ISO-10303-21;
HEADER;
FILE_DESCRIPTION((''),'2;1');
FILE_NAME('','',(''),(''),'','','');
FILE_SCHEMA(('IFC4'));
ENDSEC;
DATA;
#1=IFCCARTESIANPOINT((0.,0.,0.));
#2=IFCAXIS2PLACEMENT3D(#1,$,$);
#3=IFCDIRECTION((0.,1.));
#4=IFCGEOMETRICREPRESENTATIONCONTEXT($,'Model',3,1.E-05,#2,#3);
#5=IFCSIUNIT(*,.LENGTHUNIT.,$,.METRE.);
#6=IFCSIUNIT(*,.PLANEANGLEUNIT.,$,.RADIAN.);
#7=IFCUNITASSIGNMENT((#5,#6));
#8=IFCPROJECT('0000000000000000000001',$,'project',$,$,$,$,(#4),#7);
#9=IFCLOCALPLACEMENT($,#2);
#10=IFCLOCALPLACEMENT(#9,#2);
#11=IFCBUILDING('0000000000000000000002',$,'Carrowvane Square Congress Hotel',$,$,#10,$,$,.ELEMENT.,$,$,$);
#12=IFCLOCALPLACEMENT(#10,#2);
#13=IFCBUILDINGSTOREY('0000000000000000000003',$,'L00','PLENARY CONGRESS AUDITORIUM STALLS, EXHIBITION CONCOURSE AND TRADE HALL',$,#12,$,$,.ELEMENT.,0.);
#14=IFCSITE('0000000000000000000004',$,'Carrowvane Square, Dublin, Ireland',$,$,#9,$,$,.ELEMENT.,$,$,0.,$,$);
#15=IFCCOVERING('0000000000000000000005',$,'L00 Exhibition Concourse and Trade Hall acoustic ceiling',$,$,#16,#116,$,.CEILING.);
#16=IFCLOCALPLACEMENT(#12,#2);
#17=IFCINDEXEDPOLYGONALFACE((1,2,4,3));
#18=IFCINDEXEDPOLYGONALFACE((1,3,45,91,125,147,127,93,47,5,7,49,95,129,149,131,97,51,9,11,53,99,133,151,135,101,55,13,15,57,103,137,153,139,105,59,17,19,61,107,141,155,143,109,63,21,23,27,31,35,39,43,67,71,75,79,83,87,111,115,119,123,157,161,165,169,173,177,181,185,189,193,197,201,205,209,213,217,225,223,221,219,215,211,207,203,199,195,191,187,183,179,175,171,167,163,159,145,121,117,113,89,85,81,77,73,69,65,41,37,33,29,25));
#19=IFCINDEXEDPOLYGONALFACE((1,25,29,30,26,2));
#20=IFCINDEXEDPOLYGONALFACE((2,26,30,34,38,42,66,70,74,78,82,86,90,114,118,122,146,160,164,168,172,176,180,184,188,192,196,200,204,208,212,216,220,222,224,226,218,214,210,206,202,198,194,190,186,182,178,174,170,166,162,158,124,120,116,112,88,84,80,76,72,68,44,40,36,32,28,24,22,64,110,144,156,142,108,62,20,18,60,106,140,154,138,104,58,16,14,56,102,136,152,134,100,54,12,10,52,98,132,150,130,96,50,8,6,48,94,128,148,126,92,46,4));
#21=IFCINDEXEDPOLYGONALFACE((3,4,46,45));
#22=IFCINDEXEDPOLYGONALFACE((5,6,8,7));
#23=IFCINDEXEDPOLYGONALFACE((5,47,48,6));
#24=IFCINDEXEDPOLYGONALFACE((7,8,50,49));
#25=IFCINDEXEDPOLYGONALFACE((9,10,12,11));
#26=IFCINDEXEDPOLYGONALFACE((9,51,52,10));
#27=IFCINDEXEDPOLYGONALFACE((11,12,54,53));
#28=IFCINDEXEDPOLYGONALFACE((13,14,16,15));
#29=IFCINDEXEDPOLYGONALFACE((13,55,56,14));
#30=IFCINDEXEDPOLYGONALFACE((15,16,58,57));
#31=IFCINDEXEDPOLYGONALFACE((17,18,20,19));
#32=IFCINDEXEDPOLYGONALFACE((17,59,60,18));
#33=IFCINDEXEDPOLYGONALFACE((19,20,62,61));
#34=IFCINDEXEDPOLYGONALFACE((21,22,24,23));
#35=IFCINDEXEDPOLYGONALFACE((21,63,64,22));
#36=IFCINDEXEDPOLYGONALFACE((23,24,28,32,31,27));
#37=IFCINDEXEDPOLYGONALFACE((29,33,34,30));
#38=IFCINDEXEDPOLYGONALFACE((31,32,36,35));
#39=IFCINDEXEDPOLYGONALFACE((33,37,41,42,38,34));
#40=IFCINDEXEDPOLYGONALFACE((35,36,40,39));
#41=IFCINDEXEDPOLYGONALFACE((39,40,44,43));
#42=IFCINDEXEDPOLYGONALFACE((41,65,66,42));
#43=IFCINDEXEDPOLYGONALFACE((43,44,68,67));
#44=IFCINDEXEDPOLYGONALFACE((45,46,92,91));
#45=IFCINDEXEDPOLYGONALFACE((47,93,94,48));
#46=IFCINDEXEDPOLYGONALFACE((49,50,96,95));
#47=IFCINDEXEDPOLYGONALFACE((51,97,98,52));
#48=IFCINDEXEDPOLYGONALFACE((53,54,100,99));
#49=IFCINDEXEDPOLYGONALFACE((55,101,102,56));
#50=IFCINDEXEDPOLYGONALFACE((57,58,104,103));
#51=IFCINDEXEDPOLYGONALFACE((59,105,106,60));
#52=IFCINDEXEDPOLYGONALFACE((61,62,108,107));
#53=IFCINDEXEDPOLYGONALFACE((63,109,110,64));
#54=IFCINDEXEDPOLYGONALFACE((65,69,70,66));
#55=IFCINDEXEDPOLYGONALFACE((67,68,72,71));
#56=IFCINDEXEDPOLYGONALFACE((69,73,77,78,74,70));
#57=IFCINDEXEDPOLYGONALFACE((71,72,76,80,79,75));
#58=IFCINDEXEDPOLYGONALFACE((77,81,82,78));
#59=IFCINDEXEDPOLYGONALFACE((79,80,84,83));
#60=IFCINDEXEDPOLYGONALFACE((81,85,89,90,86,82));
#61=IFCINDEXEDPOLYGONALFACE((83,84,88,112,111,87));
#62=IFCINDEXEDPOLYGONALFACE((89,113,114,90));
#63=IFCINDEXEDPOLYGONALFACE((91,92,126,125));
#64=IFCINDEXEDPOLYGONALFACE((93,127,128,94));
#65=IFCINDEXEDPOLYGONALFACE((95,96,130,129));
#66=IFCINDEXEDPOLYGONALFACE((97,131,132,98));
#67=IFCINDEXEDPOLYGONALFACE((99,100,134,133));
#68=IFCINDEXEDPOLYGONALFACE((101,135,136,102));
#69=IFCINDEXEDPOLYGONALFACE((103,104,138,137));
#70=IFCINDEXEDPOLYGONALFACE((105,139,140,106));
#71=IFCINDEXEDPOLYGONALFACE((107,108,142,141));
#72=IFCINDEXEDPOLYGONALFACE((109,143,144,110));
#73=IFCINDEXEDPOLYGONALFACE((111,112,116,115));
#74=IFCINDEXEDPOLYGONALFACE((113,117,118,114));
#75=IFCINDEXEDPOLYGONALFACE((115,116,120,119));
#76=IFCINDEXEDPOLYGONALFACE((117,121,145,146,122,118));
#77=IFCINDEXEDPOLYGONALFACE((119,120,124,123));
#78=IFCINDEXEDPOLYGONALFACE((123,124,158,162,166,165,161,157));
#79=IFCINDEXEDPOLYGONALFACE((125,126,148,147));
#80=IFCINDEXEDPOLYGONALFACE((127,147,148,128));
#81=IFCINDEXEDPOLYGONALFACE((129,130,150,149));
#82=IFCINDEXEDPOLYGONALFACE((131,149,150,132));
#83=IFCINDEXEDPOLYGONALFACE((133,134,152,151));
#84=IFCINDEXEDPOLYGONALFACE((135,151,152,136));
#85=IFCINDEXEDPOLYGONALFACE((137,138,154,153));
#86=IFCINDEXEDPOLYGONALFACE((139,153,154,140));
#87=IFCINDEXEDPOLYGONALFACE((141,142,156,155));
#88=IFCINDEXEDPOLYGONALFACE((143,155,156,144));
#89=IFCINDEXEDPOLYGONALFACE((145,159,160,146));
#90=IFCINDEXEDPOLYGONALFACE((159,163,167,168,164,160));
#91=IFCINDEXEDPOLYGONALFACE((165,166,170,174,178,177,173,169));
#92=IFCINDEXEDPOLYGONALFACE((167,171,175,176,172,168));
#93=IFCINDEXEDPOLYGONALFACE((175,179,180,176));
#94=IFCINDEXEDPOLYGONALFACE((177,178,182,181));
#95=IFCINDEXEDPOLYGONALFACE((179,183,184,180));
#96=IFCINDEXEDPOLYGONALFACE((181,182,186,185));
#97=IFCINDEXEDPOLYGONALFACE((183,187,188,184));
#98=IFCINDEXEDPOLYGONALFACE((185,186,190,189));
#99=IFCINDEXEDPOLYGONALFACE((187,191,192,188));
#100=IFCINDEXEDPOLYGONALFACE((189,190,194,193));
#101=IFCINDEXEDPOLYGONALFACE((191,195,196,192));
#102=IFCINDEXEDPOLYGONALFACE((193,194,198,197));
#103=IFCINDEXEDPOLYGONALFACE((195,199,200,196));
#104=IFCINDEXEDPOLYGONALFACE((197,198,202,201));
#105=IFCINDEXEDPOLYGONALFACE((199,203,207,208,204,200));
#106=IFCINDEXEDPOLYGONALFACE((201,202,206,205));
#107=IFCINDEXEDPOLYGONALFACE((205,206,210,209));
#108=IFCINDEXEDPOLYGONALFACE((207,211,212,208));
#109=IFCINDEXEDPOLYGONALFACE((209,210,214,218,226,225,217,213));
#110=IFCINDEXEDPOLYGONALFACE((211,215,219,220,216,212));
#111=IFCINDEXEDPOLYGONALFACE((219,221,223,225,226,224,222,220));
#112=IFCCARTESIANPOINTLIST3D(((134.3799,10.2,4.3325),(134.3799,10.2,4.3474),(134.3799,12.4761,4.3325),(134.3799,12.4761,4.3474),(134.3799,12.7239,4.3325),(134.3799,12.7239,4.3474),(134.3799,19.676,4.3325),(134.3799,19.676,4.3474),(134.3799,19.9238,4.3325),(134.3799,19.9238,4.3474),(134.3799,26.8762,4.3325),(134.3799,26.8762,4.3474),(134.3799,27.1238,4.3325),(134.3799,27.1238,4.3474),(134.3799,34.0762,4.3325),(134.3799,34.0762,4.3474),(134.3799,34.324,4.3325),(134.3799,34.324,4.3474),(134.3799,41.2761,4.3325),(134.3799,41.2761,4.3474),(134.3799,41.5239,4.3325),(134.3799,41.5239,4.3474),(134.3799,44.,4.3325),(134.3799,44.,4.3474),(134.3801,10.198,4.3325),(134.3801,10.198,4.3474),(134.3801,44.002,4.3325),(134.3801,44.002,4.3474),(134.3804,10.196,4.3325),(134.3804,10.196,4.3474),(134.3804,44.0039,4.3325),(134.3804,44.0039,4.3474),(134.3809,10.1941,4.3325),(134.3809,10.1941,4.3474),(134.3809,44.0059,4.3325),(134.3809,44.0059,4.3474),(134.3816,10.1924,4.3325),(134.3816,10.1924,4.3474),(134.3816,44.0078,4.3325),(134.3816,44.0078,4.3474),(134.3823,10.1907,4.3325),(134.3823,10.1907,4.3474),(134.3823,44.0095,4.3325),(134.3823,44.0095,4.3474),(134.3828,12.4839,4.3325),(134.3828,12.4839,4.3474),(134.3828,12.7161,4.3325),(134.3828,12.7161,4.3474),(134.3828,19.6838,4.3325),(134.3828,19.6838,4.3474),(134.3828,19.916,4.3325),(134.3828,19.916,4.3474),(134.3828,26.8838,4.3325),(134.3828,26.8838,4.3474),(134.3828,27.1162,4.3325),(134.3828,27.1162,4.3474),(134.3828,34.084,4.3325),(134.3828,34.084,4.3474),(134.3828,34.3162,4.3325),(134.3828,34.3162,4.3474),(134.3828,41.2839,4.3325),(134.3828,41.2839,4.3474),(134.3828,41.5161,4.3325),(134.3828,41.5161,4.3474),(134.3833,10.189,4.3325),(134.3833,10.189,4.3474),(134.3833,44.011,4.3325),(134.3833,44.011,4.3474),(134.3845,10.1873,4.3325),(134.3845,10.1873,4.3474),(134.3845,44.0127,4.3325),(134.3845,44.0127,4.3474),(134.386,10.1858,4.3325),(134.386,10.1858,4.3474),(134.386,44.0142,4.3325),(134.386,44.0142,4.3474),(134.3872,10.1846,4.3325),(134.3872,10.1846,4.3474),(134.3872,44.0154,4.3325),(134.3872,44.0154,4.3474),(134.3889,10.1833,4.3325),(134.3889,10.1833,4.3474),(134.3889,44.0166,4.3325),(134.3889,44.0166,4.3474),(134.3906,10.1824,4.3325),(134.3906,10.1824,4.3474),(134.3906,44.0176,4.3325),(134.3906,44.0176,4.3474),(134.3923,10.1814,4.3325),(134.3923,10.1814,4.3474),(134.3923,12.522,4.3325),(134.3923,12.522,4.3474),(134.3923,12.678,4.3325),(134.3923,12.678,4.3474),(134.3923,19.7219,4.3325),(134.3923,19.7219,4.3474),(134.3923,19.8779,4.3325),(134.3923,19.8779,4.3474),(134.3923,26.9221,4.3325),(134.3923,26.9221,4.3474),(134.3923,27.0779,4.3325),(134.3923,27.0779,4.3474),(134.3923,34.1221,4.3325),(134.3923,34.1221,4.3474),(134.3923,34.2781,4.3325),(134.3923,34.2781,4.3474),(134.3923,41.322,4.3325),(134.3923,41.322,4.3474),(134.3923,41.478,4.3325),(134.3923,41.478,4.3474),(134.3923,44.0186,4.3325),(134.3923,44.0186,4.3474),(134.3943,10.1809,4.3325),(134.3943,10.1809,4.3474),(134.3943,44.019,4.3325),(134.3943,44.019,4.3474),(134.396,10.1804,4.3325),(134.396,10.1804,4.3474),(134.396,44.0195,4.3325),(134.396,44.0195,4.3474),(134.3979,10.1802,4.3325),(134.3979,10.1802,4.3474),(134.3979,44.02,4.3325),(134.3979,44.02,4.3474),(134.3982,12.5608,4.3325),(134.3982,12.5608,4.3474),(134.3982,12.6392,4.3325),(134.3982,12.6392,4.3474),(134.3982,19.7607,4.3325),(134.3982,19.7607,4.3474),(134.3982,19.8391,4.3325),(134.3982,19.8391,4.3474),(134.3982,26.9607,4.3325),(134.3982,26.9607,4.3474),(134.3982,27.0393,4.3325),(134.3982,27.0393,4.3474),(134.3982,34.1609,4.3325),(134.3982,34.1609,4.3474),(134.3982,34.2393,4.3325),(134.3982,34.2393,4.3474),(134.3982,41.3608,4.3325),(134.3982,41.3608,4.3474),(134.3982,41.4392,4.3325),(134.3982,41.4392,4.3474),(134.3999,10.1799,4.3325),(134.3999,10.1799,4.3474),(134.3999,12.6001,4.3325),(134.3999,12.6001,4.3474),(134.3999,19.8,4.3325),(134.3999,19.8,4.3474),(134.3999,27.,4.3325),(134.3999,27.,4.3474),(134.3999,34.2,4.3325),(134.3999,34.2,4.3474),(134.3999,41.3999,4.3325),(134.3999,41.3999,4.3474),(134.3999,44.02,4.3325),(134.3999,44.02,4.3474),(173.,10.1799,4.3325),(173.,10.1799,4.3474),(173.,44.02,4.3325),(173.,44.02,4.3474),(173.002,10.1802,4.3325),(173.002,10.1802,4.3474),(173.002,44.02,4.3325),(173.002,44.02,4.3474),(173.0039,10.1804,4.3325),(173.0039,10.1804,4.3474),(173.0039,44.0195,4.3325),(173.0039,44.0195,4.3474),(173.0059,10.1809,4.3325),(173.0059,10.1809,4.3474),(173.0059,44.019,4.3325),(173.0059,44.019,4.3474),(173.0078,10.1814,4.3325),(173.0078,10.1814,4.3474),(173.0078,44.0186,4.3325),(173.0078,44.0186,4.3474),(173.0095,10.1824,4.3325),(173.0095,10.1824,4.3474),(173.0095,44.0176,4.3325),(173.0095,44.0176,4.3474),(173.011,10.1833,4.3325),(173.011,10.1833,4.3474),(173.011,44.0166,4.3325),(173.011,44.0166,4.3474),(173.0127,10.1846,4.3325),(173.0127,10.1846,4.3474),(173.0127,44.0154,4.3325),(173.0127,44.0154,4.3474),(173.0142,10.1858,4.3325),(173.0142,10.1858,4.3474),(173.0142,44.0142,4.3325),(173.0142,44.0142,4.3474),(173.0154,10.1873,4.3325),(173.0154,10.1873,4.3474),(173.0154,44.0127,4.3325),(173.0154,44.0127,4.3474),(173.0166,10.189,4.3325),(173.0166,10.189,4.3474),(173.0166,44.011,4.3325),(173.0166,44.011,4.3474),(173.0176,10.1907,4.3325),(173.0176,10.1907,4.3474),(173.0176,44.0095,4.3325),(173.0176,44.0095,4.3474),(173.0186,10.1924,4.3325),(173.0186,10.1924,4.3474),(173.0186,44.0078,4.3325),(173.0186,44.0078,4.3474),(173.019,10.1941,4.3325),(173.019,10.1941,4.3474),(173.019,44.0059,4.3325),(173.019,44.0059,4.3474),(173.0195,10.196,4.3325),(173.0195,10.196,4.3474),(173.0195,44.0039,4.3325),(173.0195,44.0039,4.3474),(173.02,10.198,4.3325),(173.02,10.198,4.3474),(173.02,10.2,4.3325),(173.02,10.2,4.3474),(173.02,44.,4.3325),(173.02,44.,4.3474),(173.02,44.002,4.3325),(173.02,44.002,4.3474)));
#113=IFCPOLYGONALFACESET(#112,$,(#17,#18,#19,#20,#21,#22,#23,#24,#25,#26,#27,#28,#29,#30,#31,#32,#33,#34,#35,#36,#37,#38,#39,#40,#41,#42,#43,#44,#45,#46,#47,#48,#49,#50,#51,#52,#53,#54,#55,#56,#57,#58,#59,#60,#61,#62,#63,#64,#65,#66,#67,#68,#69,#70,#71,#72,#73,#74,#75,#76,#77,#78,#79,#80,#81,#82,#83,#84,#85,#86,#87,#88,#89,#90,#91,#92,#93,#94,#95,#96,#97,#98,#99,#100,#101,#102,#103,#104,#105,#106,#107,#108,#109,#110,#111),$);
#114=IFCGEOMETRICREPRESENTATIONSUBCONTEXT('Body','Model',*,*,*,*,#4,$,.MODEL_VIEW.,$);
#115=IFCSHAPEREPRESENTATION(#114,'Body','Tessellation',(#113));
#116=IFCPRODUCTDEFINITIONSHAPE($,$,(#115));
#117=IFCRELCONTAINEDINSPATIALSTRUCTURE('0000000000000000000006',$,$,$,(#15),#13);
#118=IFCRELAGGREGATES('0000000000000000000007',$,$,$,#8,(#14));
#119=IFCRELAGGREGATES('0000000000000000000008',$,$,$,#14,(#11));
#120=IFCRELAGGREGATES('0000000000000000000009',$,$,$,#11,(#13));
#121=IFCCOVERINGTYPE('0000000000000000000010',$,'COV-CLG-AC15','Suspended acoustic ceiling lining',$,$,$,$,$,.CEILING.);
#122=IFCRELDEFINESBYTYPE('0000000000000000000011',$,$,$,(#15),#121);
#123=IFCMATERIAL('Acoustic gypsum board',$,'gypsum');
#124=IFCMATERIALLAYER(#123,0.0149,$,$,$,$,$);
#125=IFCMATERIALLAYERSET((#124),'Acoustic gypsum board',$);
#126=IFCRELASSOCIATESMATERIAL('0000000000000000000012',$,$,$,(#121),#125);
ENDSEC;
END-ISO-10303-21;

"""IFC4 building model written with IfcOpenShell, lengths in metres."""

from ifc_helpers import new_model, si_unit, direction, frame, origin, place, context, subcontext, project, spatial, polyline, outline, extrude, material, layer, layer_set, type_object, element, save


model = new_model("IFC4")

# Units and contexts
model_context = context("Model", 3, precision=1e-05, world=origin(), true_north=direction((0.0, 1.0)))
body_context = subcontext(model_context, "Body", "Model", "MODEL_VIEW")
ifc_project = project(units=[si_unit("LENGTHUNIT", "METRE"), si_unit("PLANEANGLEUNIT", "RADIAN")], contexts=[model_context])

# Site, building, storey
site_placement = place(None, origin())
site = spatial("IfcSite", under=ifc_project, at=site_placement, Name="Carrowvane Square, Dublin, Ireland", CompositionType="ELEMENT", RefElevation=0.0)
building_placement = place(site_placement, origin())
building = spatial("IfcBuilding", under=site, at=building_placement, Name="Carrowvane Square Congress Hotel", CompositionType="ELEMENT")
storey_placement = place(building_placement, origin())
storey = spatial("IfcBuildingStorey", under=building, at=storey_placement, Name="L00", Description="PLENARY CONGRESS AUDITORIUM STALLS, EXHIBITION CONCOURSE AND TRADE HALL", CompositionType="ELEMENT", Elevation=0.0)

# Covering
ifc_material_1 = material(Name="Acoustic gypsum board", Category="gypsum")
ifc_layer_1 = layer(ifc_material_1, 0.0149)
ifc_layer_set_1 = layer_set([ifc_layer_1], Name="Acoustic gypsum board")
covering_type_1 = type_object("IfcCoveringType", Name="COV-CLG-AC15", Description="Suspended acoustic ceiling lining", PredefinedType="CEILING", material=ifc_layer_set_1)
covering_1_placement = place(storey_placement, frame((0.0, 0.0, 4.3325)))
element("IfcCovering", 1, at=covering_1_placement, inside=storey, type_object=covering_type_1, Name="L00 Exhibition Concourse and Trade Hall acoustic ceiling", PredefinedType="CEILING", context=body_context, shape_type="SweptSolid", body=[
    extrude(outline(polyline([(173.0195, 10.196), (173.019, 10.1941), (173.0186, 10.1924), (173.0176, 10.1907), (173.0166, 10.189), (173.0154, 10.1873), (173.0142, 10.1858), (173.0127, 10.1846), (173.011, 10.1833), (173.0095, 10.1824), (173.0078, 10.1814), (173.0059, 10.1809), (173.0039, 10.1804), (173.002, 10.1802), (173.0, 10.1799), (134.3999, 10.1799), (134.3979, 10.1802), (134.396, 10.1804), (134.3943, 10.1809), (134.3923, 10.1814), (134.3906, 10.1824), (134.3889, 10.1833), (134.3872, 10.1846), (134.386, 10.1858), (134.3845, 10.1873), (134.3833, 10.189), (134.3823, 10.1907), (134.3816, 10.1924), (134.3809, 10.1941), (134.3804, 10.196), (134.3801, 10.198), (134.3799, 10.2), (134.3799, 12.4761), (134.3828, 12.4839), (134.3923, 12.522), (134.3982, 12.5608), (134.3999, 12.6001), (134.3982, 12.6392), (134.3923, 12.678), (134.3828, 12.7161), (134.3799, 12.7239), (134.3799, 19.676), (134.3828, 19.6838), (134.3923, 19.7219), (134.3982, 19.7607), (134.3999, 19.8), (134.3982, 19.8391), (134.3923, 19.8779), (134.3828, 19.916), (134.3799, 19.9238), (134.3799, 26.8762), (134.3828, 26.8838), (134.3923, 26.9221), (134.3982, 26.9607), (134.3999, 27.0), (134.3982, 27.0393), (134.3923, 27.0779), (134.3828, 27.1162), (134.3799, 27.1238), (134.3799, 34.0762), (134.3828, 34.084), (134.3923, 34.1221), (134.3982, 34.1609), (134.3999, 34.2), (134.3982, 34.2393), (134.3923, 34.2781), (134.3828, 34.3162), (134.3799, 34.324), (134.3799, 41.2761), (134.3828, 41.2839), (134.3923, 41.322), (134.3982, 41.3608), (134.3999, 41.3999), (134.3982, 41.4392), (134.3923, 41.478), (134.3828, 41.5161), (134.3799, 41.5239), (134.3799, 44.0), (134.3801, 44.002), (134.3804, 44.0039), (134.3809, 44.0059), (134.3816, 44.0078), (134.3823, 44.0095), (134.3833, 44.011), (134.3845, 44.0127), (134.386, 44.0142), (134.3872, 44.0154), (134.3889, 44.0166), (134.3906, 44.0176), (134.3923, 44.0186), (134.3943, 44.019), (134.396, 44.0195), (134.3979, 44.02), (134.3999, 44.02), (173.0, 44.02), (173.002, 44.02), (173.0039, 44.0195), (173.0059, 44.019), (173.0078, 44.0186), (173.0095, 44.0176), (173.011, 44.0166), (173.0127, 44.0154), (173.0142, 44.0142), (173.0154, 44.0127), (173.0166, 44.011), (173.0176, 44.0095), (173.0186, 44.0078), (173.019, 44.0059), (173.0195, 44.0039), (173.02, 44.002), (173.02, 44.0), (173.02, 10.2), (173.02, 10.198), (173.0195, 10.196)])), origin(), (0.0, 0.0, 1.0), 0.0149),
])

save(model, "model.ifc")
